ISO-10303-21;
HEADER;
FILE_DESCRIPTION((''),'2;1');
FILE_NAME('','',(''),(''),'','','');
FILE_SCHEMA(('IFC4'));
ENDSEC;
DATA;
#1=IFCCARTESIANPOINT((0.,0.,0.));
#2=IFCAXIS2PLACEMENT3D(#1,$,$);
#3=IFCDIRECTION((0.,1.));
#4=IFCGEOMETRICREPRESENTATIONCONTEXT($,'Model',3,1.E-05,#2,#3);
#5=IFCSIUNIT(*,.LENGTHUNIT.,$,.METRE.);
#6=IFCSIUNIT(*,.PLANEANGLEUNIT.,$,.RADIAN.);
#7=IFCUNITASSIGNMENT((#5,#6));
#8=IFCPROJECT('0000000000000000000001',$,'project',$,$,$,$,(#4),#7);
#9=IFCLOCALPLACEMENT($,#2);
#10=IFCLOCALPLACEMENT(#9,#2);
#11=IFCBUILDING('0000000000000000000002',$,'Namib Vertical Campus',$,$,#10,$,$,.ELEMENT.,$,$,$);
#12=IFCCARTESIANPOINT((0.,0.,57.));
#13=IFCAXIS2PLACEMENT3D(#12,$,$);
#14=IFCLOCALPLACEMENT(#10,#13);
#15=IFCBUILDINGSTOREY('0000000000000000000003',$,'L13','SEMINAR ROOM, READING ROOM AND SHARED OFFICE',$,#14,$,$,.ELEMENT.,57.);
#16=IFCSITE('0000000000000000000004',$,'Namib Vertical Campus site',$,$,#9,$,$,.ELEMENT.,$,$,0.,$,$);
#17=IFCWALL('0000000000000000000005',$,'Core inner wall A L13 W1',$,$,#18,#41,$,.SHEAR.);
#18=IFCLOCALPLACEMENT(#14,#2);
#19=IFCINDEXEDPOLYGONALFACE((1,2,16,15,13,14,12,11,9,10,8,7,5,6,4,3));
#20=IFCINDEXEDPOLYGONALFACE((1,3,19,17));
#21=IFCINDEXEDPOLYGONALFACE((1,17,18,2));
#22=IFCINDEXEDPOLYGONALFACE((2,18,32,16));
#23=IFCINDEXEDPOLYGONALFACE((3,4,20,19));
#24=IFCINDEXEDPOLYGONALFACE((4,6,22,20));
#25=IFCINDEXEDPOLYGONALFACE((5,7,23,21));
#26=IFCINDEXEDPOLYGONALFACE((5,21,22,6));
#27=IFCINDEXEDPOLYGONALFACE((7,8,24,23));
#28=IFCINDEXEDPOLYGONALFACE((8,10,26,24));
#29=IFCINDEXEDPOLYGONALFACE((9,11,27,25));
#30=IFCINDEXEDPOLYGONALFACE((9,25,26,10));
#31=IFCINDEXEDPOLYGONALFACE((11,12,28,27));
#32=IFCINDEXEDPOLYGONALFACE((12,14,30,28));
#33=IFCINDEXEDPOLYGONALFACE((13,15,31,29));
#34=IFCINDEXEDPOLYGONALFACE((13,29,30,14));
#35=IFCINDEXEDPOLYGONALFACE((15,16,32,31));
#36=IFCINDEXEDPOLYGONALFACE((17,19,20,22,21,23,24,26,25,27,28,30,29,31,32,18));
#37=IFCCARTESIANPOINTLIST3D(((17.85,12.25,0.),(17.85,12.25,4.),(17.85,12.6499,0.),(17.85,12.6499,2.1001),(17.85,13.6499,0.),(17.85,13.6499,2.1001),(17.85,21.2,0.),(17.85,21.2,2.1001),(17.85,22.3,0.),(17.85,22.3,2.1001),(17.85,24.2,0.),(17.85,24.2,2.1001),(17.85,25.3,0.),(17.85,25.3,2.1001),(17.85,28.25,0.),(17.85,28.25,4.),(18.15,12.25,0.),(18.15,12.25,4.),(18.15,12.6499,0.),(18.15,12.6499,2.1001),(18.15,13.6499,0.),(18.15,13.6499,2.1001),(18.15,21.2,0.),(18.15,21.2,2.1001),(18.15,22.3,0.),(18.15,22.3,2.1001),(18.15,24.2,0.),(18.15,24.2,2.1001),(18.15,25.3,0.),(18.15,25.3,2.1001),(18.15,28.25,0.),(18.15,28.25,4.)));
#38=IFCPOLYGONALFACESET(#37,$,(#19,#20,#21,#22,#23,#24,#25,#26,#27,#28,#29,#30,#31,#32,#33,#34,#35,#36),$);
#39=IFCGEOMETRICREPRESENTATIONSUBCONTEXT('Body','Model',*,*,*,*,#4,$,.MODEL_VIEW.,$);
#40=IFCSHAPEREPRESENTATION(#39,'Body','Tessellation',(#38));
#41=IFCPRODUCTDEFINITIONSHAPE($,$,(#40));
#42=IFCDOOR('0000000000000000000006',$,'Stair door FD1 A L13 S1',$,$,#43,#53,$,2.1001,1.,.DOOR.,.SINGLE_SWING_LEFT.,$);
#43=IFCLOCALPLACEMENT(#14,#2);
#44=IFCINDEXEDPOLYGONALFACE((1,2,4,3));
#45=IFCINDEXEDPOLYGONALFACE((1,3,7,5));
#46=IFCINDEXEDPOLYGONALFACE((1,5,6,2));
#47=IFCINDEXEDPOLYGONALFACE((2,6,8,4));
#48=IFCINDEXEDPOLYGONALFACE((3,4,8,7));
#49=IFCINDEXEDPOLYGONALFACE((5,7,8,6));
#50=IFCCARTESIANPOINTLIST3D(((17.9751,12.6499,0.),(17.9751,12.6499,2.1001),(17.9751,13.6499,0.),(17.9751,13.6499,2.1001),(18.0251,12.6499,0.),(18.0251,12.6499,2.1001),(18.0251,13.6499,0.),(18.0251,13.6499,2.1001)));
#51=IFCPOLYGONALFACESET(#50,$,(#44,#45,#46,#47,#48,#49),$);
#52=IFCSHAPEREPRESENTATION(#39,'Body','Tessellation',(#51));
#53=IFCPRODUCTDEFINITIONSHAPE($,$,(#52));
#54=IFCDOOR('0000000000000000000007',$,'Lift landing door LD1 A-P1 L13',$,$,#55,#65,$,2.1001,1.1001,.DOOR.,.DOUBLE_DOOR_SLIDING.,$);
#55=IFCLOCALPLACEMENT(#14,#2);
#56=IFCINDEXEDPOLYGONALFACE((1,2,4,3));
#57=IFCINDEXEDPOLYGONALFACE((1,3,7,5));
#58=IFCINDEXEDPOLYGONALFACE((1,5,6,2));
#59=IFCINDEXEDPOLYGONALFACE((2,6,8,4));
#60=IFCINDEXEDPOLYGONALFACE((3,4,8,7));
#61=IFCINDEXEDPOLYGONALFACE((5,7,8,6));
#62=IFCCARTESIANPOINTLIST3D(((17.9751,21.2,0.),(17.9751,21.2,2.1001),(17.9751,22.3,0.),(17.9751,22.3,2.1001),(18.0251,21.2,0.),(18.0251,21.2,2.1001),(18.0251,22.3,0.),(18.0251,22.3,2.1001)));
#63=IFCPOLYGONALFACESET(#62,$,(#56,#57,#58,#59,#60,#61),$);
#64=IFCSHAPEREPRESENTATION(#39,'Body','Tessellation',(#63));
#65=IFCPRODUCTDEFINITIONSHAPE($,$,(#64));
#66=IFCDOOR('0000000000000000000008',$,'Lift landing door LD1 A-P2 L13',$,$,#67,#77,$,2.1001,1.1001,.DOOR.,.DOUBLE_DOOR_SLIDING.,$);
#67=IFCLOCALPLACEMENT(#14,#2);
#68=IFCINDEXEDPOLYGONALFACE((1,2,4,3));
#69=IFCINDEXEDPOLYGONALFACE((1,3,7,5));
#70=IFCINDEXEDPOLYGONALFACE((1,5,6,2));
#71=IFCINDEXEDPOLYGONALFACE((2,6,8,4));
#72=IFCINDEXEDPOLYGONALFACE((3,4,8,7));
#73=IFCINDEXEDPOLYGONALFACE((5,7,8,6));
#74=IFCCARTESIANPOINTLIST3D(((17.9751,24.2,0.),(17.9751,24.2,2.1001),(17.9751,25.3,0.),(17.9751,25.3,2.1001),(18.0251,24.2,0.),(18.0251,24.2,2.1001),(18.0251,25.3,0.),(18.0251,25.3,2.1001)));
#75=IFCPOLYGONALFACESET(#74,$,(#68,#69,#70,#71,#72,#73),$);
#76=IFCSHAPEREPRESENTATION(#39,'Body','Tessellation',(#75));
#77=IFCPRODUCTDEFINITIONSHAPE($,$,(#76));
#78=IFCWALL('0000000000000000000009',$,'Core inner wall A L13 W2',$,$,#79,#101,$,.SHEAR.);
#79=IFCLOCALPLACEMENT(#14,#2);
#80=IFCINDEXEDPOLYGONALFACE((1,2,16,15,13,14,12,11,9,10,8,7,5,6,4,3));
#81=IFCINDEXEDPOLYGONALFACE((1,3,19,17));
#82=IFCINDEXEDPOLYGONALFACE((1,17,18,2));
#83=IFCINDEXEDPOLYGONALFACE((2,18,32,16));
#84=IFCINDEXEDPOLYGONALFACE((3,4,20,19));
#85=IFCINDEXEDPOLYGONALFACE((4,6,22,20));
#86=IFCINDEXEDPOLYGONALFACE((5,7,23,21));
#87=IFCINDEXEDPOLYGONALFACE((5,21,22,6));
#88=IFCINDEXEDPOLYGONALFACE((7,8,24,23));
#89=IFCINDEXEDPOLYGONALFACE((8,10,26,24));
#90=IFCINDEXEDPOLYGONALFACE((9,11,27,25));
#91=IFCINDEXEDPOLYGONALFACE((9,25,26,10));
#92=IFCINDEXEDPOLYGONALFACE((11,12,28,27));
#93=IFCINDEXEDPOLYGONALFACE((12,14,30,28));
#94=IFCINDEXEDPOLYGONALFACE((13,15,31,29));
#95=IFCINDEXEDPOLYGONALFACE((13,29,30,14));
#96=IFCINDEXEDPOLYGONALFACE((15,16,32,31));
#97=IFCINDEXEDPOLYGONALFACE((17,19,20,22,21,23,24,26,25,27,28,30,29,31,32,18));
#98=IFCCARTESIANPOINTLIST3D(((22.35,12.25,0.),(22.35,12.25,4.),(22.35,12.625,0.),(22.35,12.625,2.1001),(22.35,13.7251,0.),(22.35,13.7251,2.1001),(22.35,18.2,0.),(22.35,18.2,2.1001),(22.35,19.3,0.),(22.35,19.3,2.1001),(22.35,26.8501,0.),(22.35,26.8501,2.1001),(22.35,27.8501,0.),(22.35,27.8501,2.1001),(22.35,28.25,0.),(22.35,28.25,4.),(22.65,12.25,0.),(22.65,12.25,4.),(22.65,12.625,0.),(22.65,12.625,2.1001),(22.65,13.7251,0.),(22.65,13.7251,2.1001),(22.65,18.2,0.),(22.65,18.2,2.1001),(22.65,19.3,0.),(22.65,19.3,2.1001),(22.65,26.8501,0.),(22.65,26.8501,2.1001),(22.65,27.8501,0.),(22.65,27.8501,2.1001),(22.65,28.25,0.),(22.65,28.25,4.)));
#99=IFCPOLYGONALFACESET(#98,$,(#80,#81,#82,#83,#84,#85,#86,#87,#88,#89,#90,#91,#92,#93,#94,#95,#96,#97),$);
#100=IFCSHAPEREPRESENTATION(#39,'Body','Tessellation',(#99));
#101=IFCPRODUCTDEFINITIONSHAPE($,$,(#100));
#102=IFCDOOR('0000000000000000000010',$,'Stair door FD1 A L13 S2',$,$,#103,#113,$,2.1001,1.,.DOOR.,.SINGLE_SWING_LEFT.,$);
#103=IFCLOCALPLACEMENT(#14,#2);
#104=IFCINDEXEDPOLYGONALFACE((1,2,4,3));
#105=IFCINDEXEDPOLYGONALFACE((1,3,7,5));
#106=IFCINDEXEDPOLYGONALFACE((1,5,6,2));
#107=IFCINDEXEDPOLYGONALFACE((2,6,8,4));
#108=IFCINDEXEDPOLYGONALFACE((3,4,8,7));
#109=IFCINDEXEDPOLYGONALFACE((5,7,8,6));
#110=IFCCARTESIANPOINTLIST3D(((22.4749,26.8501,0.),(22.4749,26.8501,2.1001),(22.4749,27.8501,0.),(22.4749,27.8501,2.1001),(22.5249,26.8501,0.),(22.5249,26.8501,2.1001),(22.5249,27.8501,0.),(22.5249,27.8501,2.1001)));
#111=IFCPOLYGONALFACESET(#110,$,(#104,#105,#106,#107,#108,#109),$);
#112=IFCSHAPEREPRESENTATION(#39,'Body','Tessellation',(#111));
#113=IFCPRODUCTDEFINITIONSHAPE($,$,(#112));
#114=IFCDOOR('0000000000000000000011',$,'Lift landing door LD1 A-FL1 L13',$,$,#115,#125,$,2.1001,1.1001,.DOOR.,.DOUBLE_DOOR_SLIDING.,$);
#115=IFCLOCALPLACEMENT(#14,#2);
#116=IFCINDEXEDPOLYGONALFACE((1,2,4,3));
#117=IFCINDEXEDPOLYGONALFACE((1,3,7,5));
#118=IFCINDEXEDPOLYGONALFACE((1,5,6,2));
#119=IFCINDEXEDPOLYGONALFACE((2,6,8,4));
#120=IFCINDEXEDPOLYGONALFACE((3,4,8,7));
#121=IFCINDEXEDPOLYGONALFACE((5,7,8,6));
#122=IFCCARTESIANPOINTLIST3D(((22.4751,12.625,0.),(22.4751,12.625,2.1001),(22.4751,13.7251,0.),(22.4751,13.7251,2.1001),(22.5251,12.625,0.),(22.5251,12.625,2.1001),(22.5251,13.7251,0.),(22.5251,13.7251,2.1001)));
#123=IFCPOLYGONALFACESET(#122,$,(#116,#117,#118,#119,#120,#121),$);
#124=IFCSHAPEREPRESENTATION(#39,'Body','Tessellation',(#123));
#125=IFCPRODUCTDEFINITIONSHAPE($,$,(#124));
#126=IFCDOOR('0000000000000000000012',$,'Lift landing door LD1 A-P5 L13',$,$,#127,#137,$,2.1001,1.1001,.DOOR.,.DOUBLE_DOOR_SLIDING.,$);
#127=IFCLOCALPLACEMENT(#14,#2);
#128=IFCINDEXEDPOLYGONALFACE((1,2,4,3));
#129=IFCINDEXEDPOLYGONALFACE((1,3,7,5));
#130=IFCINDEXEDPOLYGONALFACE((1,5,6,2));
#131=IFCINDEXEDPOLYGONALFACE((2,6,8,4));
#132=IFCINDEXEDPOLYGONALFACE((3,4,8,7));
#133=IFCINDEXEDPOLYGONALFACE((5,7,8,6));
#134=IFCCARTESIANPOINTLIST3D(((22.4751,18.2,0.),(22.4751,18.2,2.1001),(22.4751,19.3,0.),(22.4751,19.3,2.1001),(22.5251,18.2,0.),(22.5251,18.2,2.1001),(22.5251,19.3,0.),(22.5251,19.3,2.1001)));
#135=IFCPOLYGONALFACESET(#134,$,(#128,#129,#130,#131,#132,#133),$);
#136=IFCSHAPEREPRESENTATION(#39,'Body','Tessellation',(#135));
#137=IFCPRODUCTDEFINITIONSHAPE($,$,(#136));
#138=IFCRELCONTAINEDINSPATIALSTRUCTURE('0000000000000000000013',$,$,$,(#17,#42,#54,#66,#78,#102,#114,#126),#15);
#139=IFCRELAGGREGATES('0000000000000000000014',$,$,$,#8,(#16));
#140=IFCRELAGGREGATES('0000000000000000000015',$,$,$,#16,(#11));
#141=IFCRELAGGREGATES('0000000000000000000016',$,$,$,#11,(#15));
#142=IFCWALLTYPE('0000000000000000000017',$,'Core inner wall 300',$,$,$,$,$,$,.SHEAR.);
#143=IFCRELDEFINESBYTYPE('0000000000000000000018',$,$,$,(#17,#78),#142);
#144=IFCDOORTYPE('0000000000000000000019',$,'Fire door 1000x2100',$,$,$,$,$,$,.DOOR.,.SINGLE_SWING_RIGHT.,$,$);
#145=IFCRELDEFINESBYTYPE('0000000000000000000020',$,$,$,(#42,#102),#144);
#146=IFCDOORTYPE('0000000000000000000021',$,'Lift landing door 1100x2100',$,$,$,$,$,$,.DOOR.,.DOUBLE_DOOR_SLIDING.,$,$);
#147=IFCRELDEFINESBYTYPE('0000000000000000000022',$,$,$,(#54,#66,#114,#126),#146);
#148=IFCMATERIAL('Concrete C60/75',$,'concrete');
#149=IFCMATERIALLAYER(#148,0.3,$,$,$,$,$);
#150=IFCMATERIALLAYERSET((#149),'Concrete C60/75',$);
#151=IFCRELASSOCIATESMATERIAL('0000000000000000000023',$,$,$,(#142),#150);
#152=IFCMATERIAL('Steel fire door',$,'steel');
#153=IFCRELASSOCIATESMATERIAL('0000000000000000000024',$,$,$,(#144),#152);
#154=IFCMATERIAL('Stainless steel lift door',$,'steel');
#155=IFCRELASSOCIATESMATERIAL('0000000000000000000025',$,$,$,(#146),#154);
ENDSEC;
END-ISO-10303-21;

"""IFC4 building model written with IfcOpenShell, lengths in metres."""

from ifc_helpers import new_model, si_unit, direction, frame, frame_2d, origin, place, context, subcontext, project, spatial, rectangle, extrude, material, layer, layer_set, type_object, element, fill, save


model = new_model("IFC4")

# Units and contexts
model_context = context("Model", 3, precision=1e-05, world=origin(), true_north=direction((0.0, 1.0)))
body_context = subcontext(model_context, "Body", "Model", "MODEL_VIEW")
ifc_project = project(units=[si_unit("LENGTHUNIT", "METRE"), si_unit("PLANEANGLEUNIT", "RADIAN")], contexts=[model_context])

# Site, building, storey
site_placement = place(None, origin())
site = spatial("IfcSite", under=ifc_project, at=site_placement, Name="Namib Vertical Campus site", CompositionType="ELEMENT", RefElevation=0.0)
building_placement = place(site_placement, origin())
building = spatial("IfcBuilding", under=site, at=building_placement, Name="Namib Vertical Campus", CompositionType="ELEMENT")
storey_placement = place(building_placement, frame((0.0, 0.0, 57.0)))
storey = spatial("IfcBuildingStorey", under=building, at=storey_placement, Name="L13", Description="SEMINAR ROOM, READING ROOM AND SHARED OFFICE", CompositionType="ELEMENT", Elevation=57.0)

# Walls, openings, doors
ifc_material_1 = material(Name="Concrete C60/75", Category="concrete")
ifc_layer_1 = layer(ifc_material_1, 0.3)
ifc_layer_set_1 = layer_set([ifc_layer_1], Name="Concrete C60/75")
wall_type_1 = type_object("IfcWallType", Name="Core inner wall 300", PredefinedType="SHEAR", material=ifc_layer_set_1)
wall_1_placement = place(storey_placement, frame((18.0, 12.25, 0.0), z_axis=(0.0, 0.0, 1.0), x_axis=(0.0, 1.0, 0.0)))
wall_1 = element("IfcWall", 1, at=wall_1_placement, inside=storey, type_object=wall_type_1, Name="Core inner wall A L13 W1", PredefinedType="SHEAR", context=body_context, shape_type="SweptSolid", body=[
    extrude(rectangle(XDim=16.0, YDim=0.3, at=frame_2d((8.0, 0.0))), origin(), (0.0, 0.0, 1.0), 4.0),
])
opening_1_placement = place(wall_1_placement, frame((0.3999, 0.0, 0.0)))
opening_1 = element("IfcOpeningElement", 2, at=opening_1_placement, cuts=wall_1, PredefinedType="OPENING", context=body_context, shape_type="SweptSolid", body=[
    extrude(rectangle(XDim=1.0, YDim=2.1001, at=frame_2d((0.5, 1.05))), frame((0.0, 0.1599, 0.0), z_axis=(0.0, -1.0, 0.0), x_axis=(1.0, 0.0, 0.0)), (0.0, 0.0, 1.0), 0.3201),
])
opening_2_placement = place(wall_1_placement, frame((8.95, 0.0, 0.0)))
opening_2 = element("IfcOpeningElement", 3, at=opening_2_placement, cuts=wall_1, PredefinedType="OPENING", context=body_context, shape_type="SweptSolid", body=[
    extrude(rectangle(XDim=1.1001, YDim=2.1001, at=frame_2d((0.55, 1.05))), frame((0.0, 0.1599, 0.0), z_axis=(0.0, -1.0, 0.0), x_axis=(1.0, 0.0, 0.0)), (0.0, 0.0, 1.0), 0.3201),
])
opening_3_placement = place(wall_1_placement, frame((11.95, 0.0, 0.0)))
opening_3 = element("IfcOpeningElement", 4, at=opening_3_placement, cuts=wall_1, PredefinedType="OPENING", context=body_context, shape_type="SweptSolid", body=[
    extrude(rectangle(XDim=1.1001, YDim=2.1001, at=frame_2d((0.55, 1.05))), frame((0.0, 0.1599, 0.0), z_axis=(0.0, -1.0, 0.0), x_axis=(1.0, 0.0, 0.0)), (0.0, 0.0, 1.0), 0.3201),
])
ifc_material_2 = material(Name="Steel fire door", Category="steel")
door_type_1 = type_object("IfcDoorType", Name="Fire door 1000x2100", OperationType="SINGLE_SWING_RIGHT", PredefinedType="DOOR", material=ifc_material_2)
door_1_placement = place(opening_1_placement, origin())
door_1 = element("IfcDoor", 5, at=door_1_placement, inside=storey, type_object=door_type_1, Name="Stair door FD1 A L13 S1", OperationType="SINGLE_SWING_LEFT", OverallHeight=2.1001, OverallWidth=1.0, PredefinedType="DOOR", context=body_context, shape_type="SweptSolid", body=[
    extrude(rectangle(XDim=1.0, YDim=2.1001, at=frame_2d((0.5, 1.05))), frame((0.0, 0.0249, 0.0), z_axis=(0.0, -1.0, 0.0), x_axis=(1.0, 0.0, 0.0)), (0.0, 0.0, 1.0), 0.05),
])
fill(opening_1, door_1)
ifc_material_3 = material(Name="Stainless steel lift door", Category="steel")
door_type_2 = type_object("IfcDoorType", Name="Lift landing door 1100x2100", OperationType="DOUBLE_DOOR_SLIDING", PredefinedType="DOOR", material=ifc_material_3)
door_2_placement = place(opening_2_placement, origin())
door_2 = element("IfcDoor", 6, at=door_2_placement, inside=storey, type_object=door_type_2, Name="Lift landing door LD1 A-P1 L13", OperationType="DOUBLE_DOOR_SLIDING", OverallHeight=2.1001, OverallWidth=1.1001, PredefinedType="DOOR", context=body_context, shape_type="SweptSolid", body=[
    extrude(rectangle(XDim=1.1001, YDim=2.1001, at=frame_2d((0.55, 1.05))), frame((0.0, 0.0249, 0.0), z_axis=(0.0, -1.0, 0.0), x_axis=(1.0, 0.0, 0.0)), (0.0, 0.0, 1.0), 0.05),
])
fill(opening_2, door_2)
door_3_placement = place(opening_3_placement, origin())
door_3 = element("IfcDoor", 7, at=door_3_placement, inside=storey, type_object=door_type_2, Name="Lift landing door LD1 A-P2 L13", OperationType="DOUBLE_DOOR_SLIDING", OverallHeight=2.1001, OverallWidth=1.1001, PredefinedType="DOOR", context=body_context, shape_type="SweptSolid", body=[
    extrude(rectangle(XDim=1.1001, YDim=2.1001, at=frame_2d((0.55, 1.05))), frame((0.0, 0.0249, 0.0), z_axis=(0.0, -1.0, 0.0), x_axis=(1.0, 0.0, 0.0)), (0.0, 0.0, 1.0), 0.05),
])
fill(opening_3, door_3)
wall_2_placement = place(storey_placement, frame((22.5, 12.25, 0.0), z_axis=(0.0, 0.0, 1.0), x_axis=(0.0, 1.0, 0.0)))
wall_2 = element("IfcWall", 8, at=wall_2_placement, inside=storey, type_object=wall_type_1, Name="Core inner wall A L13 W2", PredefinedType="SHEAR", context=body_context, shape_type="SweptSolid", body=[
    extrude(rectangle(XDim=16.0, YDim=0.3, at=frame_2d((8.0, 0.0))), origin(), (0.0, 0.0, 1.0), 4.0),
])
opening_4_placement = place(wall_2_placement, frame((14.6001, 0.0, 0.0)))
opening_4 = element("IfcOpeningElement", 9, at=opening_4_placement, cuts=wall_2, PredefinedType="OPENING", context=body_context, shape_type="SweptSolid", body=[
    extrude(rectangle(XDim=1.0, YDim=2.1001, at=frame_2d((0.5, 1.05))), frame((0.0, 0.1599, 0.0), z_axis=(0.0, -1.0, 0.0), x_axis=(1.0, 0.0, 0.0)), (0.0, 0.0, 1.0), 0.3201),
])
opening_5_placement = place(wall_2_placement, frame((0.375, 0.0, 0.0)))
opening_5 = element("IfcOpeningElement", 10, at=opening_5_placement, cuts=wall_2, PredefinedType="OPENING", context=body_context, shape_type="SweptSolid", body=[
    extrude(rectangle(XDim=1.1001, YDim=2.1001, at=frame_2d((0.55, 1.05))), frame((0.0, 0.1599, 0.0), z_axis=(0.0, -1.0, 0.0), x_axis=(1.0, 0.0, 0.0)), (0.0, 0.0, 1.0), 0.3201),
])
opening_6_placement = place(wall_2_placement, frame((5.95, 0.0, 0.0)))
opening_6 = element("IfcOpeningElement", 11, at=opening_6_placement, cuts=wall_2, PredefinedType="OPENING", context=body_context, shape_type="SweptSolid", body=[
    extrude(rectangle(XDim=1.1001, YDim=2.1001, at=frame_2d((0.55, 1.05))), frame((0.0, 0.1599, 0.0), z_axis=(0.0, -1.0, 0.0), x_axis=(1.0, 0.0, 0.0)), (0.0, 0.0, 1.0), 0.3201),
])
door_4_placement = place(opening_4_placement, frame((1.0, 0.0, 0.0), z_axis=(0.0, 0.0, 1.0), x_axis=(-1.0, 0.0, 0.0)))
door_4 = element("IfcDoor", 12, at=door_4_placement, inside=storey, type_object=door_type_1, Name="Stair door FD1 A L13 S2", OperationType="SINGLE_SWING_LEFT", OverallHeight=2.1001, OverallWidth=1.0, PredefinedType="DOOR", context=body_context, shape_type="SweptSolid", body=[
    extrude(rectangle(XDim=1.0, YDim=2.1001, at=frame_2d((0.5, 1.05))), frame((0.0, 0.0249, 0.0), z_axis=(0.0, -1.0, 0.0), x_axis=(1.0, 0.0, 0.0)), (0.0, 0.0, 1.0), 0.05),
])
fill(opening_4, door_4)
door_5_placement = place(opening_5_placement, origin())
door_5 = element("IfcDoor", 13, at=door_5_placement, inside=storey, type_object=door_type_2, Name="Lift landing door LD1 A-FL1 L13", OperationType="DOUBLE_DOOR_SLIDING", OverallHeight=2.1001, OverallWidth=1.1001, PredefinedType="DOOR", context=body_context, shape_type="SweptSolid", body=[
    extrude(rectangle(XDim=1.1001, YDim=2.1001, at=frame_2d((0.55, 1.05))), frame((0.0, 0.0249, 0.0), z_axis=(0.0, -1.0, 0.0), x_axis=(1.0, 0.0, 0.0)), (0.0, 0.0, 1.0), 0.05),
])
fill(opening_5, door_5)
door_6_placement = place(opening_6_placement, origin())
door_6 = element("IfcDoor", 14, at=door_6_placement, inside=storey, type_object=door_type_2, Name="Lift landing door LD1 A-P5 L13", OperationType="DOUBLE_DOOR_SLIDING", OverallHeight=2.1001, OverallWidth=1.1001, PredefinedType="DOOR", context=body_context, shape_type="SweptSolid", body=[
    extrude(rectangle(XDim=1.1001, YDim=2.1001, at=frame_2d((0.55, 1.05))), frame((0.0, 0.0249, 0.0), z_axis=(0.0, -1.0, 0.0), x_axis=(1.0, 0.0, 0.0)), (0.0, 0.0, 1.0), 0.05),
])
fill(opening_6, door_6)

save(model, "model.ifc")
